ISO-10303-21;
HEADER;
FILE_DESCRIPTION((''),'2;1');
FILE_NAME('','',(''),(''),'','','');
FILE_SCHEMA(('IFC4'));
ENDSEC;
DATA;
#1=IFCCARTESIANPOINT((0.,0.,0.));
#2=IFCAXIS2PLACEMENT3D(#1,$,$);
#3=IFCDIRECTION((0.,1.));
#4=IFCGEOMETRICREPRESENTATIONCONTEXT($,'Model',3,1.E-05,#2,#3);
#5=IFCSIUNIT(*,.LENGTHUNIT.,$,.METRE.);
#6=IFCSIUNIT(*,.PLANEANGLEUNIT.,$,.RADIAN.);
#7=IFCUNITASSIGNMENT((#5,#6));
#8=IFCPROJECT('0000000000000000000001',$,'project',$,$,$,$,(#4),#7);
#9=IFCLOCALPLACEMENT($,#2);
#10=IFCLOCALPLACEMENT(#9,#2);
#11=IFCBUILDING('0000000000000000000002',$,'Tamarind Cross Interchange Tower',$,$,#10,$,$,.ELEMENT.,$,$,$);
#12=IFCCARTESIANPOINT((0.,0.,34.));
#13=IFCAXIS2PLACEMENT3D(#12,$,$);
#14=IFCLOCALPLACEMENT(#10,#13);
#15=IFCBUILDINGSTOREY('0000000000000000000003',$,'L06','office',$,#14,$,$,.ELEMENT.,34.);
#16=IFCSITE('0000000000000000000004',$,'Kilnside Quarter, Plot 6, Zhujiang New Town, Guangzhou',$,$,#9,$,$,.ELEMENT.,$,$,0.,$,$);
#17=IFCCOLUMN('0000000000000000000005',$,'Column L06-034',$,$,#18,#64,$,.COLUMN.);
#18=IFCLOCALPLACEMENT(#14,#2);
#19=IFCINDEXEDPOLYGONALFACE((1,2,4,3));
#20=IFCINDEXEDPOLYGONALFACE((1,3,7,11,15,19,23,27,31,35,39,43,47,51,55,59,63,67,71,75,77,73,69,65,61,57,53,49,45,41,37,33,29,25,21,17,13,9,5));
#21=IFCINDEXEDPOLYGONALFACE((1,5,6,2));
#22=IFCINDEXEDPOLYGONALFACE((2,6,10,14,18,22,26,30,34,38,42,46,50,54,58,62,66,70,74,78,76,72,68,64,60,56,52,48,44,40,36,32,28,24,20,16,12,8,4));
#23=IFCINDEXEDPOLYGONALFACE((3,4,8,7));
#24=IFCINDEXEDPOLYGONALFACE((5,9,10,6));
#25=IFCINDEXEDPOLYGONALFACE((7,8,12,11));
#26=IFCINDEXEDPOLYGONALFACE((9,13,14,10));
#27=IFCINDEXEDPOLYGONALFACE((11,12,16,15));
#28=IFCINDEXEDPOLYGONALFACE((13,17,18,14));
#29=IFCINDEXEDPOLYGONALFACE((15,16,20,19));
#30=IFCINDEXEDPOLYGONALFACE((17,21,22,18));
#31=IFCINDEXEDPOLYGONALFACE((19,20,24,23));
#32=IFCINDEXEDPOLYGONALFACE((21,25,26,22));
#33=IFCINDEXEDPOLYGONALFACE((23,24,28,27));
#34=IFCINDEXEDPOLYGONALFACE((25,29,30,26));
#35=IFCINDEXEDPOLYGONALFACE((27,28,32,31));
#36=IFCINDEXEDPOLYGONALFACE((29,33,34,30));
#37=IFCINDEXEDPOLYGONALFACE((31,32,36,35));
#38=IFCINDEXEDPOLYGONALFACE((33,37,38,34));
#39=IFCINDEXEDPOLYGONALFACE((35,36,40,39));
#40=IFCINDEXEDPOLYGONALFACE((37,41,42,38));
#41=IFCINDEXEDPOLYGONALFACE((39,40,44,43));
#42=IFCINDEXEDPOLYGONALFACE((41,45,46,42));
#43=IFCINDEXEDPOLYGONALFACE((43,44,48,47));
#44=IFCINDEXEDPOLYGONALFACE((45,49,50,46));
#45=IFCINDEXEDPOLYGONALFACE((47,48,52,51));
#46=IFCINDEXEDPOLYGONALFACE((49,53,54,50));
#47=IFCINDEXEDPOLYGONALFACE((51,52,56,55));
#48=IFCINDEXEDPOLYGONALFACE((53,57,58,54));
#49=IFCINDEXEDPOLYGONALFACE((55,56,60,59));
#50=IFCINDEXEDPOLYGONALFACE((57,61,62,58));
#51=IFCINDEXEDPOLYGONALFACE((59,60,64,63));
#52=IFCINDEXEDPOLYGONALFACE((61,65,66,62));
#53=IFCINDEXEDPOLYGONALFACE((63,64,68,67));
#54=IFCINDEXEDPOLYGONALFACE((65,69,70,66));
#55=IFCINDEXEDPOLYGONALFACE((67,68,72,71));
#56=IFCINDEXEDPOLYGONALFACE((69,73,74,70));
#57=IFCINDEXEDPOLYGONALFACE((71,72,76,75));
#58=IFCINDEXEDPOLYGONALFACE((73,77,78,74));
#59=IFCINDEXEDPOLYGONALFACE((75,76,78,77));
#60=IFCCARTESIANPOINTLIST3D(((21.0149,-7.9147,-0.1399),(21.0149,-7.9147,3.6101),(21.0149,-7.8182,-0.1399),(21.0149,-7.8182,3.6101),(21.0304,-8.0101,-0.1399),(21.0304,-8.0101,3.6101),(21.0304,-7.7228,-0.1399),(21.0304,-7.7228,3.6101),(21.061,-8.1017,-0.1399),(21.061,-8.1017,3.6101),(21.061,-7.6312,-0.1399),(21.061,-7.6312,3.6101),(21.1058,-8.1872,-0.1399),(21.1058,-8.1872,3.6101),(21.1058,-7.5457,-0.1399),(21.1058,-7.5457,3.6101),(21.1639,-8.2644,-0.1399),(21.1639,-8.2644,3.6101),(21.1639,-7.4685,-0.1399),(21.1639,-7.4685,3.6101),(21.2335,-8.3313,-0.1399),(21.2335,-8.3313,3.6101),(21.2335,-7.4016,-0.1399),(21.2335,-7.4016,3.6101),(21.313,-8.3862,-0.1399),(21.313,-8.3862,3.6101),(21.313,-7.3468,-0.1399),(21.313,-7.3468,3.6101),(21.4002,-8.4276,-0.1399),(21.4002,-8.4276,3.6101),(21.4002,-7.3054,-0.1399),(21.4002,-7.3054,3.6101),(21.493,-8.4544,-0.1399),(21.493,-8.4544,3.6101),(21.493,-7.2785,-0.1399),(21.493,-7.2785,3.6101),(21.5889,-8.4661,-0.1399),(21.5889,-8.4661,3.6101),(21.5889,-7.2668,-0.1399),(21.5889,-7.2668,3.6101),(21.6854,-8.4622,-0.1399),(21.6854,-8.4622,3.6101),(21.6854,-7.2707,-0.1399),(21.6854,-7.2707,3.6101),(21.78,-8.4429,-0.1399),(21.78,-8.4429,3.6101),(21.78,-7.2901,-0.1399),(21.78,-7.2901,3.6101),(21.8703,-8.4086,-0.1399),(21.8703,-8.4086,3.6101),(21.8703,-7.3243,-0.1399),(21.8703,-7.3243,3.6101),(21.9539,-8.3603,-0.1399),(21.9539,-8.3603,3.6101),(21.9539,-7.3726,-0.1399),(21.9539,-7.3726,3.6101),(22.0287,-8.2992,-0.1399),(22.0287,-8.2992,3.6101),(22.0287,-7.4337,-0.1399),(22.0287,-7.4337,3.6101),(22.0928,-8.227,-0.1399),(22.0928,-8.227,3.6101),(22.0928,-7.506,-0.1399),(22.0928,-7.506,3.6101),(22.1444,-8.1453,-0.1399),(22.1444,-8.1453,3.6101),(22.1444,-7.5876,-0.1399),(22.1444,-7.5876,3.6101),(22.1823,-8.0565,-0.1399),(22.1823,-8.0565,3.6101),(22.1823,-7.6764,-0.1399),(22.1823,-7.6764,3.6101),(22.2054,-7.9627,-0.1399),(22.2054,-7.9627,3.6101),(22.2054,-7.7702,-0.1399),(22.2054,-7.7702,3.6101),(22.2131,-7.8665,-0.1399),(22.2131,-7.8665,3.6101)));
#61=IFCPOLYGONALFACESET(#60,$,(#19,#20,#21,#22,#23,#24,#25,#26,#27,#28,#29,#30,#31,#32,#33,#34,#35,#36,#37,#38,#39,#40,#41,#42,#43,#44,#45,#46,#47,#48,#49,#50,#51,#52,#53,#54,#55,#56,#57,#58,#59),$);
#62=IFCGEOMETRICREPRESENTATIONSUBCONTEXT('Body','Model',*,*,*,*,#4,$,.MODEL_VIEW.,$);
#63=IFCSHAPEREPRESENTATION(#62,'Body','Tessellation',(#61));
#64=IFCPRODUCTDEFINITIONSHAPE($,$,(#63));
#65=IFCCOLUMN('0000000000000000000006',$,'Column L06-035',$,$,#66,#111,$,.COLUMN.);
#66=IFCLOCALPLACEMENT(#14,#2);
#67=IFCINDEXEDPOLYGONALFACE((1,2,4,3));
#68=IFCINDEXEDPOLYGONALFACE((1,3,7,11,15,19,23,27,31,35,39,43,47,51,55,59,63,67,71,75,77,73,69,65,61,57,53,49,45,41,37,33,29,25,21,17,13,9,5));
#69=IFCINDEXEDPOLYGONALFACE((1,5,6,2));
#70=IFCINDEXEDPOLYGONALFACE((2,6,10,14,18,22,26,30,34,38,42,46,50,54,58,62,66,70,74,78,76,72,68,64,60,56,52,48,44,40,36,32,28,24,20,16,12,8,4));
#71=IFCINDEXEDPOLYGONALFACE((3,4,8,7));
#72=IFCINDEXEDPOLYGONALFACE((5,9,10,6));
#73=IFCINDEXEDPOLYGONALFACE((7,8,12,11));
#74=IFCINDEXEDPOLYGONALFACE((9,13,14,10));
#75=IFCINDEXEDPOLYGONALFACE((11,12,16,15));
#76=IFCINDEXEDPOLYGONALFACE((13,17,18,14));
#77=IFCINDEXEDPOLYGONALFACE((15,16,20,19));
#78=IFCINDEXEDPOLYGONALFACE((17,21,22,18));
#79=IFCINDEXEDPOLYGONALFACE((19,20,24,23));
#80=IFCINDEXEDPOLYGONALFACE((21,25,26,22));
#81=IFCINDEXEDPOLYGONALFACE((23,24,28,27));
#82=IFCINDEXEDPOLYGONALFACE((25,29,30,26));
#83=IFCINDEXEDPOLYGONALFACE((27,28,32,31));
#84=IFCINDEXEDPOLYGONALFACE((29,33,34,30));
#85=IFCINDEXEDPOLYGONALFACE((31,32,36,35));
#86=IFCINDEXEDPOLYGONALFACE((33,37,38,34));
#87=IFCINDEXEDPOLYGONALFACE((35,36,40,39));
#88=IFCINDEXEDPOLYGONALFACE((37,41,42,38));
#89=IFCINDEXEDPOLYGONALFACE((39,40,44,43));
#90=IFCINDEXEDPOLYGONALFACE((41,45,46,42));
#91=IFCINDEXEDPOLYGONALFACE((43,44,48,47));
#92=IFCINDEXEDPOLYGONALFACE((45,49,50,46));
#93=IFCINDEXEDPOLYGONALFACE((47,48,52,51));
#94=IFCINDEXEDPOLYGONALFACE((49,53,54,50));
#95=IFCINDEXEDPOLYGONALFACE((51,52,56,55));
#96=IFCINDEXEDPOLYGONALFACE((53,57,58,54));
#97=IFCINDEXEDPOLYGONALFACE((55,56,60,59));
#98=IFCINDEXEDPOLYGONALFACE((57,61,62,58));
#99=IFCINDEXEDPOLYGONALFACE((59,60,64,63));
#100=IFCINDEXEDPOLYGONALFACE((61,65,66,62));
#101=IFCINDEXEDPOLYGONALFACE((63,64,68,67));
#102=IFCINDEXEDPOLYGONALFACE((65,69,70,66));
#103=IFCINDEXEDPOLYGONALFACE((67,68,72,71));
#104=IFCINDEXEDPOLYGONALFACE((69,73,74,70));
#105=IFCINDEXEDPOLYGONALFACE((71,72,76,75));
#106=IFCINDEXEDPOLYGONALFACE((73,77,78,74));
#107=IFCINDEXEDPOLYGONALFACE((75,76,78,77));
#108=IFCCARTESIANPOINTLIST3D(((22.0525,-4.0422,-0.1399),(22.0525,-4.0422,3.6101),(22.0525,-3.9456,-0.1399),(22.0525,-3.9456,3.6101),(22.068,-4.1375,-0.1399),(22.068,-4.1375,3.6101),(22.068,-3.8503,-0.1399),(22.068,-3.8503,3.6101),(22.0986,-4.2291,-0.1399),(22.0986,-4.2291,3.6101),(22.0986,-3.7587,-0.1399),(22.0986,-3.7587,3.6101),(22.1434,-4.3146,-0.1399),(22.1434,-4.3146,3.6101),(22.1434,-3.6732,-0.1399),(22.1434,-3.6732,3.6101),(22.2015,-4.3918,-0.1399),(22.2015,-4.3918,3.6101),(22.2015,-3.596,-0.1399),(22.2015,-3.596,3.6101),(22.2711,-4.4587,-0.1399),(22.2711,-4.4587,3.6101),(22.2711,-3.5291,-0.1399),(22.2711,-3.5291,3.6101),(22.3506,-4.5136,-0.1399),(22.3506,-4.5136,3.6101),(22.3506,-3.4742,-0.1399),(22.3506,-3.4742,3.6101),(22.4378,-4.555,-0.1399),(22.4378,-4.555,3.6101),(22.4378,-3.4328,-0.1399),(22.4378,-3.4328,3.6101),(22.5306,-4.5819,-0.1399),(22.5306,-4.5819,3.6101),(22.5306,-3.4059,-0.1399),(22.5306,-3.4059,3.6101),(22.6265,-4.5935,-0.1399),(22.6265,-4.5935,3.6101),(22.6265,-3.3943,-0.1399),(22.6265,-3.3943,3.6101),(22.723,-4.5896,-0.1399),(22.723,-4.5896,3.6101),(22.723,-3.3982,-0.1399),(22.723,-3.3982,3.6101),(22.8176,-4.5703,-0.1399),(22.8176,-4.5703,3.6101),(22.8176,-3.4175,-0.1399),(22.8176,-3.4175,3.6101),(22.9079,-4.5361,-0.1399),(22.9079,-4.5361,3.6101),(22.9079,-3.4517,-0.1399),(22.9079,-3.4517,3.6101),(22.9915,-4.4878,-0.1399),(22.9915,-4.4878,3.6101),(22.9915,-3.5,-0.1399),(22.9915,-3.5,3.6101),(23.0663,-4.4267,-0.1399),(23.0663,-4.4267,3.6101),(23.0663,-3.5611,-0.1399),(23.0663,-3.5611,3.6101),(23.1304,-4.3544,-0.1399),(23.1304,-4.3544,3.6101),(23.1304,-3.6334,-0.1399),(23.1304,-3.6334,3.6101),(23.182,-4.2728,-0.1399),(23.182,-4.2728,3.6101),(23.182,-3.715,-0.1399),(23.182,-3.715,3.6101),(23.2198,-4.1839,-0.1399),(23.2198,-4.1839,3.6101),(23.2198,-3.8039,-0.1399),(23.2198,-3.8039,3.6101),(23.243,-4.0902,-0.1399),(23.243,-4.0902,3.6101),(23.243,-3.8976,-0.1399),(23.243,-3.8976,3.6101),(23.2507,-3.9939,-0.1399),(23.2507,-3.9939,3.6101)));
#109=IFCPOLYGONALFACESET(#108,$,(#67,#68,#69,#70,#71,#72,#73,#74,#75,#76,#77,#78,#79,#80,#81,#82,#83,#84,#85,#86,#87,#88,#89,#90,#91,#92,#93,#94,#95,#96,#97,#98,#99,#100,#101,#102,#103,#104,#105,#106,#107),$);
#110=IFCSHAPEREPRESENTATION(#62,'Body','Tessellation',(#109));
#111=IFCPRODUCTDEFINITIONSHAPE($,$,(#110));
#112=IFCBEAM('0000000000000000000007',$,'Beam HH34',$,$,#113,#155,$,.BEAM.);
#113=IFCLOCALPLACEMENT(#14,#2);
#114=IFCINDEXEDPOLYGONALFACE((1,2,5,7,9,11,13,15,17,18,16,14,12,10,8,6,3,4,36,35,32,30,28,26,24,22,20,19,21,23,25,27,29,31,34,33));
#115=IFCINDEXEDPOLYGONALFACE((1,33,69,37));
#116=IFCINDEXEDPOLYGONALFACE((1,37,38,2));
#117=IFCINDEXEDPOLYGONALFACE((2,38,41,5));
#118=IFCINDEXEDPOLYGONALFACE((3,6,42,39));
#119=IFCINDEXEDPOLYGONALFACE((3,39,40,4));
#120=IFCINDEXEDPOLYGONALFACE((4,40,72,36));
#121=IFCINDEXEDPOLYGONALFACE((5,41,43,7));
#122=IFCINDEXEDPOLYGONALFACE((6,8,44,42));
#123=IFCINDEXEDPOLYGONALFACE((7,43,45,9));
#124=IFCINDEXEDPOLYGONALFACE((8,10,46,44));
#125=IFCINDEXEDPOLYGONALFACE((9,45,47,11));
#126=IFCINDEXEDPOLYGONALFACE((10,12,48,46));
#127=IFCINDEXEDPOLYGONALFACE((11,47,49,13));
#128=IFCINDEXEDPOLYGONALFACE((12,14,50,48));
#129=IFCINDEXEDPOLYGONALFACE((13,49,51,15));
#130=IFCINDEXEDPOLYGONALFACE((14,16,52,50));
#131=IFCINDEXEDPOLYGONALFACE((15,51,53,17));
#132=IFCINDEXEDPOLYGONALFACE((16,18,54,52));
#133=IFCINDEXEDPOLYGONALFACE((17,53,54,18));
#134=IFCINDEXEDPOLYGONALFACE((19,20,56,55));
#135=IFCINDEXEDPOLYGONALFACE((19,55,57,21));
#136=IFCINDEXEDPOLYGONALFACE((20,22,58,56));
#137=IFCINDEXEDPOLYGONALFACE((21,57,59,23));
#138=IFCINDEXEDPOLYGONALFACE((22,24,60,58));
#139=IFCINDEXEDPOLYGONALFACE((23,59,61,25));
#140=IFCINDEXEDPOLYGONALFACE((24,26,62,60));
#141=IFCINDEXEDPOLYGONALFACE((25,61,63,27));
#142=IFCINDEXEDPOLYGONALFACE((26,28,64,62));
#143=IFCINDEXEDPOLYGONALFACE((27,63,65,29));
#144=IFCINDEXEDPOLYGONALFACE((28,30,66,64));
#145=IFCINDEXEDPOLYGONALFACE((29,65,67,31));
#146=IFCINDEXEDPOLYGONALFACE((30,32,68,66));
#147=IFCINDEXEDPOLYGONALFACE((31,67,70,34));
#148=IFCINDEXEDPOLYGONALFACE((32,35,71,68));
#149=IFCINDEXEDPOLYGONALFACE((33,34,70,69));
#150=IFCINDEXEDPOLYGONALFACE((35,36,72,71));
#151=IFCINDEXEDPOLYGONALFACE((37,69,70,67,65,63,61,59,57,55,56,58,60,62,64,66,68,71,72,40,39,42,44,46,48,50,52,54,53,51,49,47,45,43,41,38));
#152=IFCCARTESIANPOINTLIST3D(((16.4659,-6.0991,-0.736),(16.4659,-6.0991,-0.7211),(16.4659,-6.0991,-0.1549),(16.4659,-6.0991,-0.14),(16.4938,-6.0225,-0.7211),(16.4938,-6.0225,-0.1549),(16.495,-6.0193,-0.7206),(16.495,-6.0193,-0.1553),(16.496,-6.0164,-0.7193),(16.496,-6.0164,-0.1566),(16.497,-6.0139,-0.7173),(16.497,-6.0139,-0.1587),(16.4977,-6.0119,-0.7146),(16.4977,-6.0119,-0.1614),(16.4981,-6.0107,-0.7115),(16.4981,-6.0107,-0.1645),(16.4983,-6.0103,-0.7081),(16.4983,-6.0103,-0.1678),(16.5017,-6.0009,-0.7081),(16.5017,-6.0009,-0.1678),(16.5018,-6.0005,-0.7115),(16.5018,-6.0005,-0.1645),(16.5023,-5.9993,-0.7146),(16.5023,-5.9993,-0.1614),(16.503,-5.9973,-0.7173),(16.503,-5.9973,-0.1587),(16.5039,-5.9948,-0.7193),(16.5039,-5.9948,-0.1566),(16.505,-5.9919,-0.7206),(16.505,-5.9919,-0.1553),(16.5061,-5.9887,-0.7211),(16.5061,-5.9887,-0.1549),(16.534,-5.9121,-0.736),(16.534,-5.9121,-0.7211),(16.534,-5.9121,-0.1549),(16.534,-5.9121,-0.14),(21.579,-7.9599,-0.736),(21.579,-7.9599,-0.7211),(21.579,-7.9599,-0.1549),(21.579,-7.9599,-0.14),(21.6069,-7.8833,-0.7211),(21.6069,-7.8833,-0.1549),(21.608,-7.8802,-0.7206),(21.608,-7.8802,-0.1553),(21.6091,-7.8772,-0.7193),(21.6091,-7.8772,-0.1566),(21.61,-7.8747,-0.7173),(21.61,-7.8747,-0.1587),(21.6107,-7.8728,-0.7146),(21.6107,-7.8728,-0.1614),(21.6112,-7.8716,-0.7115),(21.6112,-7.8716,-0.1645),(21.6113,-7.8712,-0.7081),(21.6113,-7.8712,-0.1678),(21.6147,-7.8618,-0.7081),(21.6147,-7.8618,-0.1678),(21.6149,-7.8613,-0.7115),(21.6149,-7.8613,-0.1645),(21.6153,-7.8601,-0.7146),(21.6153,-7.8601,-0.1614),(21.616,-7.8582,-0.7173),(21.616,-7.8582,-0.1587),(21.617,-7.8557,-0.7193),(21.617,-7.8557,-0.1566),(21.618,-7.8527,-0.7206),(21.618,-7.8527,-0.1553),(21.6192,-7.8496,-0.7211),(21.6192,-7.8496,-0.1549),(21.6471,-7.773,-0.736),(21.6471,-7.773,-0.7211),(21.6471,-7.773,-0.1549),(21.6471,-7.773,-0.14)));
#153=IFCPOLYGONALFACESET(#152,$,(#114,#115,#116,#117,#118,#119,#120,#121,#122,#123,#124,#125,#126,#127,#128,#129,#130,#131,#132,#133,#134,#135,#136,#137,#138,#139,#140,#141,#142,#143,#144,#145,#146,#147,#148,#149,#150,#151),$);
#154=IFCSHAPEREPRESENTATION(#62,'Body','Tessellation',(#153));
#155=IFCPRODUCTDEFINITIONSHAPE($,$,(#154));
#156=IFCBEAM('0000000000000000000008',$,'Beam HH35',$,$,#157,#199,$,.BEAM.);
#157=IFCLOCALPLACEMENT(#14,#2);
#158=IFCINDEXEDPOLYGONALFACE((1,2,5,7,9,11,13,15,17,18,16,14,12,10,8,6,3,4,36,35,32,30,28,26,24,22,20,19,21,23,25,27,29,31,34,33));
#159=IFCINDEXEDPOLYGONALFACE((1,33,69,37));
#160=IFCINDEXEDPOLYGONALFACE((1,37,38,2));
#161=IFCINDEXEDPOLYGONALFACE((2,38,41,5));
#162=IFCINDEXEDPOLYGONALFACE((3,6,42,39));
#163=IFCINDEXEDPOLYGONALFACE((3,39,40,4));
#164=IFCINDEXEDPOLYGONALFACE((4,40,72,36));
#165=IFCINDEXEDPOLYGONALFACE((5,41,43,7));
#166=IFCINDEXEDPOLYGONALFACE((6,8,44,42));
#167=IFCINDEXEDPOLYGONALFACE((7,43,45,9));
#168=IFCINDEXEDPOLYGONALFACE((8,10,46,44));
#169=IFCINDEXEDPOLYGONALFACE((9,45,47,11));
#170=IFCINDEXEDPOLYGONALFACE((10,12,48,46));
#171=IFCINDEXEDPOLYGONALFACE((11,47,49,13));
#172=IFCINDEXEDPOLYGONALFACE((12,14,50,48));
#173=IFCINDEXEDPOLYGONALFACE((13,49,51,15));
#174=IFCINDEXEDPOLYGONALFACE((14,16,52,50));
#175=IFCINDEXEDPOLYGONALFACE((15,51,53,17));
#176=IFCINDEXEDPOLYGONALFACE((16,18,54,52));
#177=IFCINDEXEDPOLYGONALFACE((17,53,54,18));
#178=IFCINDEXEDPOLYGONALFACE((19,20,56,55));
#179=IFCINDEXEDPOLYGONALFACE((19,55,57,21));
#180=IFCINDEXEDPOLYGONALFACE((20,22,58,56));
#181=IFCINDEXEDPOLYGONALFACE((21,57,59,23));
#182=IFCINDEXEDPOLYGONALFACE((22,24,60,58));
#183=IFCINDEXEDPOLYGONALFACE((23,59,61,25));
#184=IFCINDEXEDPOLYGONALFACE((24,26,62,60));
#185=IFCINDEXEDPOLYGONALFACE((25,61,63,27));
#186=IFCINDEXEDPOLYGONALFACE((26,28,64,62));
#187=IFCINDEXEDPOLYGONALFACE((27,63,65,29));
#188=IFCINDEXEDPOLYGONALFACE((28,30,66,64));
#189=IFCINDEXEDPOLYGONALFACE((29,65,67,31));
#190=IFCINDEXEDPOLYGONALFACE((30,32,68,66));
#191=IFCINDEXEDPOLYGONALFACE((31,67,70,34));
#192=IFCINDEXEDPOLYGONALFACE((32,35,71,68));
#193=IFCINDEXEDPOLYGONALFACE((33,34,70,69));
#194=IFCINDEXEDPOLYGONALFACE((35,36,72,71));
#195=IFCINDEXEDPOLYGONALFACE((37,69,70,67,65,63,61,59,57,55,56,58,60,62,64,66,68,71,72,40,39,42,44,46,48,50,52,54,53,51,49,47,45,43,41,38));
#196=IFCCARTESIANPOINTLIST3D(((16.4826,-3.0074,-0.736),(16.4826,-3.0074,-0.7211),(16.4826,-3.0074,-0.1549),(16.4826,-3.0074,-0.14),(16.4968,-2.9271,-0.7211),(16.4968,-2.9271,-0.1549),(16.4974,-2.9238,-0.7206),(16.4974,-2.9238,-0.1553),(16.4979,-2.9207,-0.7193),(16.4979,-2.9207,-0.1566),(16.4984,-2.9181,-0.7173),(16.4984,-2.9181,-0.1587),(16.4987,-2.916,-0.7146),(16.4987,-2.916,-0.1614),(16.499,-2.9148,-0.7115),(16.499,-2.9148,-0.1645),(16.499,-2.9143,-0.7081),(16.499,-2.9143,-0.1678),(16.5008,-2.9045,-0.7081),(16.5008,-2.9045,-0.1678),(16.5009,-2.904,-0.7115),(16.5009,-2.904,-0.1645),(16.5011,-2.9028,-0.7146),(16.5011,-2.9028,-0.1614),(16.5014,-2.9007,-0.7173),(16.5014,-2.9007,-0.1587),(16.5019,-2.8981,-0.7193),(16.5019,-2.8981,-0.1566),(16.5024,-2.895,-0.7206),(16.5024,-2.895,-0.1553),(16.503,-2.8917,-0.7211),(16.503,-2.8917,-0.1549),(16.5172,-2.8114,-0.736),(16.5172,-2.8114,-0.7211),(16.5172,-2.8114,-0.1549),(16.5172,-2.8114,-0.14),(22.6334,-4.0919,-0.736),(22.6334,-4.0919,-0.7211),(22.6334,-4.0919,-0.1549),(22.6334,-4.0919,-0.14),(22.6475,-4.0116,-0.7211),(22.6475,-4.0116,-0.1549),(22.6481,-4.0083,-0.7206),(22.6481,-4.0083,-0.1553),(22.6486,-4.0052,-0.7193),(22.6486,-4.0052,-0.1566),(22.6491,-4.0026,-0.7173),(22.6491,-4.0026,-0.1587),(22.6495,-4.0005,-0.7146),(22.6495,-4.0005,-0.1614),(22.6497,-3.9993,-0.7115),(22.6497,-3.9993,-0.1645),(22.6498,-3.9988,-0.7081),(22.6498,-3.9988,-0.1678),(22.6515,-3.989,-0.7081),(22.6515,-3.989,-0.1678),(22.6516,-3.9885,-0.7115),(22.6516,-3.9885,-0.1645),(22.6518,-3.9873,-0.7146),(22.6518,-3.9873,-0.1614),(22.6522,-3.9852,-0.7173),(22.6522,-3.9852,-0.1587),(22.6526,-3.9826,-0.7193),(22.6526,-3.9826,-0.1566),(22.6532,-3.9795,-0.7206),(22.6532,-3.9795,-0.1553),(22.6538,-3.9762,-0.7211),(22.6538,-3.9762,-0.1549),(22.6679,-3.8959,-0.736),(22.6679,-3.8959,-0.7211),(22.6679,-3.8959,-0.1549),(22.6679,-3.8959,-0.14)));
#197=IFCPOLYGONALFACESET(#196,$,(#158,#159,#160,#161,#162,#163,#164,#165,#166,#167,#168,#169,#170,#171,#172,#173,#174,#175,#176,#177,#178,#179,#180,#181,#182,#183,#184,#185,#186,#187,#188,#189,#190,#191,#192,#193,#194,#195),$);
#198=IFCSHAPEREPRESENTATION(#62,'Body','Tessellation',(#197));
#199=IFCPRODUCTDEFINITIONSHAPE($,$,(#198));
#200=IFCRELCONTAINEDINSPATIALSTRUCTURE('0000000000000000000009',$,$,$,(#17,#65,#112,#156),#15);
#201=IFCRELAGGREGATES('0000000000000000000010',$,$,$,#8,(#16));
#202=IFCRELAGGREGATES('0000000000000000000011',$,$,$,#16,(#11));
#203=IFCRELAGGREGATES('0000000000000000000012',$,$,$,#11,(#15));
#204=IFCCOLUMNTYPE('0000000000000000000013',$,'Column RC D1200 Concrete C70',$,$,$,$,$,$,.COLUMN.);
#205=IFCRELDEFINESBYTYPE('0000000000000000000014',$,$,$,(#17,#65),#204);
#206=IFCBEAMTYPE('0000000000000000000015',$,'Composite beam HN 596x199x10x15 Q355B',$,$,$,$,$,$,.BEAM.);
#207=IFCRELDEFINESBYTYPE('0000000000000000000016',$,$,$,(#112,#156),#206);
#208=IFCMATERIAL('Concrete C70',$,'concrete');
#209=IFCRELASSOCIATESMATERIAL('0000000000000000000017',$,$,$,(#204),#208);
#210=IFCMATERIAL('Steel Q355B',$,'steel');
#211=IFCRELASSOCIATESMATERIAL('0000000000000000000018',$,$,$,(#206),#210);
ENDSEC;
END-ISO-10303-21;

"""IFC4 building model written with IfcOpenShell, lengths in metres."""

from ifc_helpers import new_model, si_unit, direction, frame, origin, origin_2d, place, context, subcontext, project, spatial, circle, i_section, extrude, material, material_profile, profile_set, type_object, element, save


model = new_model("IFC4")

# Units and contexts
model_context = context("Model", 3, precision=1e-05, world=origin(), true_north=direction((0.0, 1.0)))
body_context = subcontext(model_context, "Body", "Model", "MODEL_VIEW")
ifc_project = project(units=[si_unit("LENGTHUNIT", "METRE"), si_unit("PLANEANGLEUNIT", "RADIAN")], contexts=[model_context])

# Site, building, storey
site_placement = place(None, origin())
site = spatial("IfcSite", under=ifc_project, at=site_placement, Name="Kilnside Quarter, Plot 6, Zhujiang New Town, Guangzhou", CompositionType="ELEMENT", RefElevation=0.0)
building_placement = place(site_placement, origin())
building = spatial("IfcBuilding", under=site, at=building_placement, Name="Tamarind Cross Interchange Tower", CompositionType="ELEMENT")
storey_placement = place(building_placement, frame((0.0, 0.0, 34.0)))
storey = spatial("IfcBuildingStorey", under=building, at=storey_placement, Name="L06", Description="office", CompositionType="ELEMENT", Elevation=34.0)

# Columns
ifc_material_1 = material(Name="Concrete C70", Category="concrete")
ifc_material_profile_1 = material_profile(ifc_material_1, circle(Radius=0.6001, at=origin_2d()), Name="RC D1200")
ifc_profile_set_1 = profile_set([ifc_material_profile_1], Name="Concrete C70")
column_type = type_object("IfcColumnType", Name="Column RC D1200 Concrete C70", PredefinedType="COLUMN", material=ifc_profile_set_1)
for number, where, z_axis, x_axis, name in (
    (1, (21.613, -7.8665, -0.1399), (0.0, 0.0, 1.0), (1.0, 0.0, 0.0), "Column L06-034"),
    (2, (22.6506, -3.9939, -0.1399), (0.0, 0.0, 1.0), (1.0, 0.0, 0.0), "Column L06-035"),
):
    element("IfcColumn", number, at=place(storey_placement, frame(where, z_axis=z_axis, x_axis=x_axis)), inside=storey, type_object=column_type, Name=name, PredefinedType="COLUMN", context=body_context, shape_type="SweptSolid", body=[
        extrude(circle(Radius=0.6001, at=origin_2d()), origin(), (0.0, 0.0, 1.0), 3.75),
    ])

# Beams
ifc_material_2 = material(Name="Steel Q355B", Category="steel")
ifc_material_profile_2 = material_profile(ifc_material_2, i_section(OverallWidth=0.199, OverallDepth=0.5959, WebThickness=0.01, FlangeThickness=0.0149, FilletRadius=0.0129, at=origin_2d()), Name="HN 596x199x10x15")
ifc_profile_set_2 = profile_set([ifc_material_profile_2], Name="Steel Q355B")
beam_type_1 = type_object("IfcBeamType", Name="Composite beam HN 596x199x10x15 Q355B", PredefinedType="BEAM", material=ifc_profile_set_2)
beam_1_placement = place(storey_placement, frame((21.613, -7.8665, -0.438), z_axis=(-0.939702, 0.341995, 0.0), x_axis=(-0.341995, -0.939702, 0.0)))
element("IfcBeam", 3, at=beam_1_placement, inside=storey, type_object=beam_type_1, Name="Beam HH34", PredefinedType="BEAM", context=body_context, shape_type="SweptSolid", body=[
    extrude(i_section(OverallWidth=0.199, OverallDepth=0.5959, WebThickness=0.01, FlangeThickness=0.0149, FilletRadius=0.0129, at=origin_2d()), origin(), (0.0, 0.0, 1.0), 5.4412),
])
beam_2_placement = place(storey_placement, frame((22.6506, -3.9939, -0.438), z_axis=(-0.984809, 0.17364, 0.0), x_axis=(-0.17364, -0.984809, 0.0)))
element("IfcBeam", 4, at=beam_2_placement, inside=storey, type_object=beam_type_1, Name="Beam HH35", PredefinedType="BEAM", context=body_context, shape_type="SweptSolid", body=[
    extrude(i_section(OverallWidth=0.199, OverallDepth=0.5959, WebThickness=0.01, FlangeThickness=0.0149, FilletRadius=0.0129, at=origin_2d()), origin(), (0.0, 0.0, 1.0), 6.2456),
])

save(model, "model.ifc")
